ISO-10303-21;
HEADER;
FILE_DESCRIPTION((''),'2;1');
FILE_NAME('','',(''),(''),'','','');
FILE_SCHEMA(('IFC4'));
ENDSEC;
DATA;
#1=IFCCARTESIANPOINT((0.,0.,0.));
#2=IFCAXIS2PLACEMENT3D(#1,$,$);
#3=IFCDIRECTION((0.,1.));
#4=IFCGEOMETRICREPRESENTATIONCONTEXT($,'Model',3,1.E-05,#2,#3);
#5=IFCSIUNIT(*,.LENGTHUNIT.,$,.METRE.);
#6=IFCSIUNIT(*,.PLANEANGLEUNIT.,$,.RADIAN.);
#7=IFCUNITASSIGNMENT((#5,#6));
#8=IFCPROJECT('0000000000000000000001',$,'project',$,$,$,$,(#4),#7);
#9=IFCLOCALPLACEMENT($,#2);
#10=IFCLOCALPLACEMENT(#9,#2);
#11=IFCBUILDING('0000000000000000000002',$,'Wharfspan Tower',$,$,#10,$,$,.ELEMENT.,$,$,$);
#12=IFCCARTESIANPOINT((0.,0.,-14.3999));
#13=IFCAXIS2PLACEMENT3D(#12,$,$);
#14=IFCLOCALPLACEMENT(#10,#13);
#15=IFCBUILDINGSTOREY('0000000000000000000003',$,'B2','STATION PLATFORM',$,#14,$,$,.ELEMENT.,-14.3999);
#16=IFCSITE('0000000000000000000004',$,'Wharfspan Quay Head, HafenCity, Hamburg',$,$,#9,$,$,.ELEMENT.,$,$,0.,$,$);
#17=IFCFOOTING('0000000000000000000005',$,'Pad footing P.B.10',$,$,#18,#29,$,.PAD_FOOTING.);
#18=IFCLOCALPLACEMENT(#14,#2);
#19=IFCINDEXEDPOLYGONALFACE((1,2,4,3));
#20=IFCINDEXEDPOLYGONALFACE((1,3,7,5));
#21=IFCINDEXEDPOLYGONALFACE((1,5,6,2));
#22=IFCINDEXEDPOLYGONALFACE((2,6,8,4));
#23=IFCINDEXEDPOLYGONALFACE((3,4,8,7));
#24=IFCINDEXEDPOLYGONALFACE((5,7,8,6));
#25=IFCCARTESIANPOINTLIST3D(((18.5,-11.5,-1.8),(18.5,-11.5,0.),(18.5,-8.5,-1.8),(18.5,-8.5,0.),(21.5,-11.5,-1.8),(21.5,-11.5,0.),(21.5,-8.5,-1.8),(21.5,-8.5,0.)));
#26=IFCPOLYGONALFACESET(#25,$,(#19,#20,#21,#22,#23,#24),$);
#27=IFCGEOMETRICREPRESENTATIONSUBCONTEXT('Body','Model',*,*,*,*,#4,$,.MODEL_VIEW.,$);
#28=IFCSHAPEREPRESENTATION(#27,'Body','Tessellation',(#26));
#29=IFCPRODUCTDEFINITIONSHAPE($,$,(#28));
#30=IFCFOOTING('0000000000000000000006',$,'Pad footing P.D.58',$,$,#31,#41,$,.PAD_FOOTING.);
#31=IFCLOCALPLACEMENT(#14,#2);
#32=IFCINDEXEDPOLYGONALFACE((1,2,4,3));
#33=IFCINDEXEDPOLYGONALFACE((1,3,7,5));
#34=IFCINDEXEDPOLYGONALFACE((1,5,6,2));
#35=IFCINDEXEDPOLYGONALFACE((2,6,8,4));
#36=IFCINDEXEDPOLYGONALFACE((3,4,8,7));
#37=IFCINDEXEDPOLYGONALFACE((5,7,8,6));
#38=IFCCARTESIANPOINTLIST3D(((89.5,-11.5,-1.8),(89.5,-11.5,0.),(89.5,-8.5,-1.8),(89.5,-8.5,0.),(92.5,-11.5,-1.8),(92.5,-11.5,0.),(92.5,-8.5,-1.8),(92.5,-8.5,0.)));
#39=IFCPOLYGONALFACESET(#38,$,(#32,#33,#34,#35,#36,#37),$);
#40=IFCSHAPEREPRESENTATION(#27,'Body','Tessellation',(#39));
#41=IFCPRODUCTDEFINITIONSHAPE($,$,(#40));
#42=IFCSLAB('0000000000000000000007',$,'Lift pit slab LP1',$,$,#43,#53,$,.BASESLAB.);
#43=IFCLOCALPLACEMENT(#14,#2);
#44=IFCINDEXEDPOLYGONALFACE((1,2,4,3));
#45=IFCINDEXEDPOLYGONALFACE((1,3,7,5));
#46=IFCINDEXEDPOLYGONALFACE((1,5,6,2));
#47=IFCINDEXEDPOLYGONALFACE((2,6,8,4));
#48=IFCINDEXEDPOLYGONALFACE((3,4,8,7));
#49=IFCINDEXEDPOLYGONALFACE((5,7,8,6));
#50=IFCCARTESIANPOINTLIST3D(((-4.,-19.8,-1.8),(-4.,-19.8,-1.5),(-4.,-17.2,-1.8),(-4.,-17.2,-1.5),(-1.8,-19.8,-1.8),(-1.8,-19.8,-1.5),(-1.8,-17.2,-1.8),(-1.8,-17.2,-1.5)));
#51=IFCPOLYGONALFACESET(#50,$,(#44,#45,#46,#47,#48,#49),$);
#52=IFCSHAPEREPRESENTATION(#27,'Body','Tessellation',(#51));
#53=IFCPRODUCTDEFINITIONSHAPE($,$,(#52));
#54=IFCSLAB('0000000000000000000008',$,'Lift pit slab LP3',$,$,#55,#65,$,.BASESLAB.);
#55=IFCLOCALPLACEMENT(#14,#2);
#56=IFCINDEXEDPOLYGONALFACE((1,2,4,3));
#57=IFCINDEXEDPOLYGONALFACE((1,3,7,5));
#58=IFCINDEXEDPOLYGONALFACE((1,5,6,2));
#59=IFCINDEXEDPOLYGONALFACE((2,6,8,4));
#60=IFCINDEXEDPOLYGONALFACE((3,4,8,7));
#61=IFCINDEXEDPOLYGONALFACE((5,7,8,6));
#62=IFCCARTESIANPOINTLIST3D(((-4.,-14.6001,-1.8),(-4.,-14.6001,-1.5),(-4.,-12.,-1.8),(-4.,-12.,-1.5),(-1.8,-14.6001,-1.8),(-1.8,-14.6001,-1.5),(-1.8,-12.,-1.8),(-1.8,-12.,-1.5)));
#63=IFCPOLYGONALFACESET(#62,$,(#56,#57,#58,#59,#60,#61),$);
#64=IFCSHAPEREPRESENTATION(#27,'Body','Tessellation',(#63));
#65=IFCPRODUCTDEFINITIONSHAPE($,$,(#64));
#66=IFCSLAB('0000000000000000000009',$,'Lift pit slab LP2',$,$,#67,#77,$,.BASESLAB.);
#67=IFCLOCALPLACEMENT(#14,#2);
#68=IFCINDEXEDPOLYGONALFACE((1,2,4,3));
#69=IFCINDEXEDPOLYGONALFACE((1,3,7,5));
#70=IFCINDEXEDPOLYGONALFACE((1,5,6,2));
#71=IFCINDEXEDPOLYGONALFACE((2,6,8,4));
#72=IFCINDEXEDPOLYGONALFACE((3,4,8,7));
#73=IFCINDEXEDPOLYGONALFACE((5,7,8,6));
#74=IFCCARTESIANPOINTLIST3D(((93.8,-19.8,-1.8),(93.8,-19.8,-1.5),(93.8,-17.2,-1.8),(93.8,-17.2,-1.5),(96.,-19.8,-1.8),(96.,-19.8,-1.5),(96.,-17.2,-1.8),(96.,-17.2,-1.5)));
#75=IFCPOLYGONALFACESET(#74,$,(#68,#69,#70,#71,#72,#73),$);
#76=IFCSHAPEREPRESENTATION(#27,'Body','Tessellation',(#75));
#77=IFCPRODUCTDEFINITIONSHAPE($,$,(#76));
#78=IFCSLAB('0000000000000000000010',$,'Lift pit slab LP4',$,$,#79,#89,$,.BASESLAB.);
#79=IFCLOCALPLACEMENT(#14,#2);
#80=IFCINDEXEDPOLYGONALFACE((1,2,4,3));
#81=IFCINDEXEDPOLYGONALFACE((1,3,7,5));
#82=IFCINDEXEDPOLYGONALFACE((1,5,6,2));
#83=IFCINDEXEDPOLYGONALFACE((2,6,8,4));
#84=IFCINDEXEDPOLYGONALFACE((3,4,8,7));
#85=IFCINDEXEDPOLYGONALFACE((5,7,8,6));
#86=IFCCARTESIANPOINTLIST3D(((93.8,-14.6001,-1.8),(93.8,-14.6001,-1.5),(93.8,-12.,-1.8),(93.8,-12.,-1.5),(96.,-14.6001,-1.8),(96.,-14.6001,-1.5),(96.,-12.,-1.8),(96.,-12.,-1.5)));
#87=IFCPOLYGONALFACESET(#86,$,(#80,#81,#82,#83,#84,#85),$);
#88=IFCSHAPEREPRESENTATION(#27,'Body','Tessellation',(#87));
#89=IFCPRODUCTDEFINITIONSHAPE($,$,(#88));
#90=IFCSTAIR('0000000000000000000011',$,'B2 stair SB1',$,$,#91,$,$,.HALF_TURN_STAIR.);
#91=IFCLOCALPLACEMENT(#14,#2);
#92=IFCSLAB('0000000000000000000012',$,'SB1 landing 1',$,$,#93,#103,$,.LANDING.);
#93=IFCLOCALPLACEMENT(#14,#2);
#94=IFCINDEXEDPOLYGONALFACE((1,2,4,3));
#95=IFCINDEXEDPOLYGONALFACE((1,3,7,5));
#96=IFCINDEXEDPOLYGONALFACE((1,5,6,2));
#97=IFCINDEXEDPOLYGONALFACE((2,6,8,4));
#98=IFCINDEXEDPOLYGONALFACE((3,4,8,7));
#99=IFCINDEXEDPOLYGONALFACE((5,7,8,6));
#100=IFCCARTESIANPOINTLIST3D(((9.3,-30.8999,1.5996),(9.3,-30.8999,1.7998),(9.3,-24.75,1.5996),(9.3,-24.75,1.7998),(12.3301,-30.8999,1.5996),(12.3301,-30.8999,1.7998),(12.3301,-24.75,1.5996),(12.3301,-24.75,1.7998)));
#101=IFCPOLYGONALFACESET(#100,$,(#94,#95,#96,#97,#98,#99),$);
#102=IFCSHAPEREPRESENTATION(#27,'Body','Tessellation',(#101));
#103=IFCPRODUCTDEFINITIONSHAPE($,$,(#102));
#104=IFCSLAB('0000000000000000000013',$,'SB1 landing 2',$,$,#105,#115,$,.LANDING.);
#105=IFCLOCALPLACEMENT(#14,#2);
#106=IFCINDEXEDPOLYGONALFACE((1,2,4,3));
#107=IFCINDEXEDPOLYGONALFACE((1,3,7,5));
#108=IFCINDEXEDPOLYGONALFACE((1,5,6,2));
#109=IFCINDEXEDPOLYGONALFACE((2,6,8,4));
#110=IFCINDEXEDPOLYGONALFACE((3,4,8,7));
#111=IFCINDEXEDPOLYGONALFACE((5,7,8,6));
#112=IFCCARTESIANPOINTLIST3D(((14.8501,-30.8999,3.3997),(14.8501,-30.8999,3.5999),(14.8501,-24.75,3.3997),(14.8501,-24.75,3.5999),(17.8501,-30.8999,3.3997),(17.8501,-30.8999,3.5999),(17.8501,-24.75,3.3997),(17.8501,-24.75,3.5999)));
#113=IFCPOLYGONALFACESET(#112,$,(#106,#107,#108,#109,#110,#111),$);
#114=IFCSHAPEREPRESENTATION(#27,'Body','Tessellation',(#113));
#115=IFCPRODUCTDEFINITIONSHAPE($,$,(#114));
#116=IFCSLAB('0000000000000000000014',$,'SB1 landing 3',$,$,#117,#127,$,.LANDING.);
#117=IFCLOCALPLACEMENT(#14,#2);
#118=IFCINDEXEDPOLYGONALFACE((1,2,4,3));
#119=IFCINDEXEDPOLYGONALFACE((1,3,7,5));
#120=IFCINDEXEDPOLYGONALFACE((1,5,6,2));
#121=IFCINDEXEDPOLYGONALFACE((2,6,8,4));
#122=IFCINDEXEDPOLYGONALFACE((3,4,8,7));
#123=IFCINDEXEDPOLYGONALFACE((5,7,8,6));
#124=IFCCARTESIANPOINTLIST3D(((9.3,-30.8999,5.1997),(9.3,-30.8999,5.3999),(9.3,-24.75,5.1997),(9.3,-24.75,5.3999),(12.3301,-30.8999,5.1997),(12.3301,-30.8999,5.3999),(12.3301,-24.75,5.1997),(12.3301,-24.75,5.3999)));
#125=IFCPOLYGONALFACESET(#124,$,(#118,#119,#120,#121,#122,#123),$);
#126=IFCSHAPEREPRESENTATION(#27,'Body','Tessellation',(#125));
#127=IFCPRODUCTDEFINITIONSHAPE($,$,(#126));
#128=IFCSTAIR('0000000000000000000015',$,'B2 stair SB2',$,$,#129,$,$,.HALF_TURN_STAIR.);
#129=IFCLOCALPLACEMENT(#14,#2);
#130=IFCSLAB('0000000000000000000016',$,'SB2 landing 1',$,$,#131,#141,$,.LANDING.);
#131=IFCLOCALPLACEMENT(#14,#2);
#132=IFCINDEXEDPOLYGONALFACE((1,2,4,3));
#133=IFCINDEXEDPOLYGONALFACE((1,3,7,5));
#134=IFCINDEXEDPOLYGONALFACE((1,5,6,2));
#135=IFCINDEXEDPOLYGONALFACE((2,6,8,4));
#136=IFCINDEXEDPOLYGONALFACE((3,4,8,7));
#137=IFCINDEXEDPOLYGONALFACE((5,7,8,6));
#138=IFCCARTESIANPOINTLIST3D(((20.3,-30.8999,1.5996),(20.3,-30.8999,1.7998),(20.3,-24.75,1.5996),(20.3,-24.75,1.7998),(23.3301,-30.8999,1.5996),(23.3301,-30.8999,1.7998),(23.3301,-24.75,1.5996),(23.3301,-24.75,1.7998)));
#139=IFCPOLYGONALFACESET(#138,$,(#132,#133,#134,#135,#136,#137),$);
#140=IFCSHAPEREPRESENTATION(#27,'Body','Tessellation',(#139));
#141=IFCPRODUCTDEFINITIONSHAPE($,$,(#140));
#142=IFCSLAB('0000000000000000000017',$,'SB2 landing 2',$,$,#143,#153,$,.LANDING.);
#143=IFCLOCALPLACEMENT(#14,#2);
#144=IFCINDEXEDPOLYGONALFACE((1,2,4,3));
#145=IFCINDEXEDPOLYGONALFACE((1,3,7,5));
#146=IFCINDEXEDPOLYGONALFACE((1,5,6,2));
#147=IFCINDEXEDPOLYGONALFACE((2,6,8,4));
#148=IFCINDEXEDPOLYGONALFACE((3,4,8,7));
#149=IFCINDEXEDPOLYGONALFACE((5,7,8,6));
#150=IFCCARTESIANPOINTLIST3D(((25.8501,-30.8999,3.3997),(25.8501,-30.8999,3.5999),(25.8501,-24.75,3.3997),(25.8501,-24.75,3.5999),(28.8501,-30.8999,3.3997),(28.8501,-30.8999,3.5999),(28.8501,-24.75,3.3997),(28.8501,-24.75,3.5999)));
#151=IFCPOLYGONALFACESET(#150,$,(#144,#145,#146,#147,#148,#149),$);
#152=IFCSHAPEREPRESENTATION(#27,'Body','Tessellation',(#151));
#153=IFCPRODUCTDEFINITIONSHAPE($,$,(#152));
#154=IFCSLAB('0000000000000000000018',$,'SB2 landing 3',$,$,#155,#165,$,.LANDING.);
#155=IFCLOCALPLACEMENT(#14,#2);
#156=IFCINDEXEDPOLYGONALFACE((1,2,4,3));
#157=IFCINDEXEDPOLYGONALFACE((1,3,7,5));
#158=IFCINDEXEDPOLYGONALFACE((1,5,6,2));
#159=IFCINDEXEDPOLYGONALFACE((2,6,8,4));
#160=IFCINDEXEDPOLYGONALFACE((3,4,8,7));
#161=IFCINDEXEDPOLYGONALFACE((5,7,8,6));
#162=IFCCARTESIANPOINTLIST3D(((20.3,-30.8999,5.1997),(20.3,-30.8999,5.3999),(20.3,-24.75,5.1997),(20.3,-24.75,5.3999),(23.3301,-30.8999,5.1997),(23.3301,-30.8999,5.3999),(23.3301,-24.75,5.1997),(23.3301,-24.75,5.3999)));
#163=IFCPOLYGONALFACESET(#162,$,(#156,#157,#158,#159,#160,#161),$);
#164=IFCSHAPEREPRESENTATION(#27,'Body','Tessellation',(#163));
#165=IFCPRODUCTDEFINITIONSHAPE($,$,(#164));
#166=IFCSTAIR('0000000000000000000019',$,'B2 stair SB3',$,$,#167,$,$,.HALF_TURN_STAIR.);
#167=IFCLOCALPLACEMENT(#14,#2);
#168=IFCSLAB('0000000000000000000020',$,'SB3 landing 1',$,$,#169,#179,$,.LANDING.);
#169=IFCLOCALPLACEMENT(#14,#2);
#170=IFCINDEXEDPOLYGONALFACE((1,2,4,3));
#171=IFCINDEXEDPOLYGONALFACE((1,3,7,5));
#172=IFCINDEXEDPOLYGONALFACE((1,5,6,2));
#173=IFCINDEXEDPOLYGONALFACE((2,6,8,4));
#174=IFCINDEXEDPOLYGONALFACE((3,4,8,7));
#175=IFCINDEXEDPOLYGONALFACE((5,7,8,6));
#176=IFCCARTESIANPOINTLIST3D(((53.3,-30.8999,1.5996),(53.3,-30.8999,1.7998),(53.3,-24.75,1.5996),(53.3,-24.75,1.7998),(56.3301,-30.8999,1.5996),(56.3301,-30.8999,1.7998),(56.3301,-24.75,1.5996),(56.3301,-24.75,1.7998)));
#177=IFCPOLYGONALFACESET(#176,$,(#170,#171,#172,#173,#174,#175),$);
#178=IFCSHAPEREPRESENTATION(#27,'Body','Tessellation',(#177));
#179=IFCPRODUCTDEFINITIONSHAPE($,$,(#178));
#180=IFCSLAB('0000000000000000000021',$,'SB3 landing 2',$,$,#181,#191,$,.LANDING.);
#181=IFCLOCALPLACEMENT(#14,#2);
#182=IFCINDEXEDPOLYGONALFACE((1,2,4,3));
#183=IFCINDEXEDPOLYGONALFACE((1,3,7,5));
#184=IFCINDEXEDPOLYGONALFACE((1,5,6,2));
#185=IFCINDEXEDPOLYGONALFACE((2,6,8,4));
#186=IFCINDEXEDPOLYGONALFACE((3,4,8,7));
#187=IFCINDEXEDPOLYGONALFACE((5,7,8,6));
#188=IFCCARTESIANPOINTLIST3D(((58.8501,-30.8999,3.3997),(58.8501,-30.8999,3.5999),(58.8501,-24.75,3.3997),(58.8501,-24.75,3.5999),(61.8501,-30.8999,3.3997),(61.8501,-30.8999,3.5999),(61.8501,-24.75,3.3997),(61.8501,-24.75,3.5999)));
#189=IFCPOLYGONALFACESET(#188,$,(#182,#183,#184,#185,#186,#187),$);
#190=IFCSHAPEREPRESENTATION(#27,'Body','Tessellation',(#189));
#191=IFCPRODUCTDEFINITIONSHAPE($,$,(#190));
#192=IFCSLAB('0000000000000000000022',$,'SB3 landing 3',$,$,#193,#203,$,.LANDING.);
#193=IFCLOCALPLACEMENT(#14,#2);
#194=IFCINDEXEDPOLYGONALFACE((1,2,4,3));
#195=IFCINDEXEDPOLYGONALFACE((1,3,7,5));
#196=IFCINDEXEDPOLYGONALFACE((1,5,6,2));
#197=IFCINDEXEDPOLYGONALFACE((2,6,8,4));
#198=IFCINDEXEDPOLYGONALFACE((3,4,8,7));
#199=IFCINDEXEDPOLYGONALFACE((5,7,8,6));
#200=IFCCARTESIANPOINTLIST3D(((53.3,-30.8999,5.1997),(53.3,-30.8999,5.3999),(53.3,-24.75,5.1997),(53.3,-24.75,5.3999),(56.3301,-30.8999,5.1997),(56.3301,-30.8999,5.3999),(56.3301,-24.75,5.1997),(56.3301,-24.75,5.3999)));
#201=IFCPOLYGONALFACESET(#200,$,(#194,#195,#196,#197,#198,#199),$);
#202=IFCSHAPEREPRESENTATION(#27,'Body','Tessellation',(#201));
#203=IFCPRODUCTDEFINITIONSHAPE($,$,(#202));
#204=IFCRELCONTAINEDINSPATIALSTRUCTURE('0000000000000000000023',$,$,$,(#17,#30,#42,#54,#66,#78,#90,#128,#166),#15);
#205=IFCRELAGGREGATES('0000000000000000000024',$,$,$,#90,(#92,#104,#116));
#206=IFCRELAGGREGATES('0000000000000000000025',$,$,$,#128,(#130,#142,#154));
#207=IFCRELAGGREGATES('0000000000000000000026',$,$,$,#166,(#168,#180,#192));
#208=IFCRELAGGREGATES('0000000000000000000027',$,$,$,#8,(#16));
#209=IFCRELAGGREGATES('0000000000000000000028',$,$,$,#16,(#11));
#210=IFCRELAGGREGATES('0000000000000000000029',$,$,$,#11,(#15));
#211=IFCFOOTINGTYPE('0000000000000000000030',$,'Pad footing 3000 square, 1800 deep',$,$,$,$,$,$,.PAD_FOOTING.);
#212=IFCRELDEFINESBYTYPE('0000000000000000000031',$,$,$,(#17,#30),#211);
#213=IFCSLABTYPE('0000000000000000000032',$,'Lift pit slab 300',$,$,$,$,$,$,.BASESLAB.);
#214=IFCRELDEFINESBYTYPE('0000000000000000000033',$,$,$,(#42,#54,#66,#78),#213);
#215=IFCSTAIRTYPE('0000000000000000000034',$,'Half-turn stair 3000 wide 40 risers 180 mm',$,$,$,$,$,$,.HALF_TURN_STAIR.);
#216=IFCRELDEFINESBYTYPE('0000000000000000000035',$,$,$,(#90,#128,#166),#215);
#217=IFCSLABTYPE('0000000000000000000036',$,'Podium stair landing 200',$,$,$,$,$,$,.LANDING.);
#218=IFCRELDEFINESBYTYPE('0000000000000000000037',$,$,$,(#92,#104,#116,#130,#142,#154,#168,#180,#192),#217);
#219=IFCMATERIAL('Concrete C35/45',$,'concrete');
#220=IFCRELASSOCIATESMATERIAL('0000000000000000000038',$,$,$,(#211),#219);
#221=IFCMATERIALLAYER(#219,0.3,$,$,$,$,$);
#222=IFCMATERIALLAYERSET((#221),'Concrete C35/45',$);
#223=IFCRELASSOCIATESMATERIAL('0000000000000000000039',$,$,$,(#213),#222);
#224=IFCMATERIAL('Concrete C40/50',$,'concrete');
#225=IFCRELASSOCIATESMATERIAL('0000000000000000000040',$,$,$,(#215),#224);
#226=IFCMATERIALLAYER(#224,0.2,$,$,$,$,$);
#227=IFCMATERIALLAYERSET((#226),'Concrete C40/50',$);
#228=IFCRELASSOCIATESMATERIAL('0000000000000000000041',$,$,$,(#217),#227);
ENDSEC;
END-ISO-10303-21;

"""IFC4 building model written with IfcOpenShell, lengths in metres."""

from ifc_helpers import new_model, si_unit, direction, frame, origin, place, context, subcontext, project, spatial, polyline, outline, extrude, material, layer, layer_set, type_object, element, aggregate, save


model = new_model("IFC4")

# Units and contexts
model_context = context("Model", 3, precision=1e-05, world=origin(), true_north=direction((0.0, 1.0)))
body_context = subcontext(model_context, "Body", "Model", "MODEL_VIEW")
ifc_project = project(units=[si_unit("LENGTHUNIT", "METRE"), si_unit("PLANEANGLEUNIT", "RADIAN")], contexts=[model_context])

# Site, building, storey
site_placement = place(None, origin())
site = spatial("IfcSite", under=ifc_project, at=site_placement, Name="Wharfspan Quay Head, HafenCity, Hamburg", CompositionType="ELEMENT", RefElevation=0.0)
building_placement = place(site_placement, origin())
building = spatial("IfcBuilding", under=site, at=building_placement, Name="Wharfspan Tower", CompositionType="ELEMENT")
storey_placement = place(building_placement, frame((0.0, 0.0, -14.3999)))
storey = spatial("IfcBuildingStorey", under=building, at=storey_placement, Name="B2", Description="STATION PLATFORM", CompositionType="ELEMENT", Elevation=-14.3999)

# Footings
ifc_material_1 = material(Name="Concrete C35/45", Category="concrete")
footing_type = type_object("IfcFootingType", Name="Pad footing 3000 square, 1800 deep", PredefinedType="PAD_FOOTING", material=ifc_material_1)
footing_1_placement = place(storey_placement, frame((0.0, 0.0, -1.8)))
element("IfcFooting", 1, at=footing_1_placement, inside=storey, type_object=footing_type, Name="Pad footing P.B.10", PredefinedType="PAD_FOOTING", context=body_context, shape_type="SweptSolid", body=[
    extrude(outline(polyline([(18.5, -11.5), (21.5, -11.5), (21.5, -8.5), (18.5, -8.5), (18.5, -11.5)])), origin(), (0.0, 0.0, 1.0), 1.8),
])
footing_2_placement = place(storey_placement, frame((0.0, 0.0, -1.8)))
element("IfcFooting", 2, at=footing_2_placement, inside=storey, type_object=footing_type, Name="Pad footing P.D.58", PredefinedType="PAD_FOOTING", context=body_context, shape_type="SweptSolid", body=[
    extrude(outline(polyline([(89.5, -11.5), (92.5, -11.5), (92.5, -8.5), (89.5, -8.5), (89.5, -11.5)])), origin(), (0.0, 0.0, 1.0), 1.8),
])

# Slabs
ifc_layer_1 = layer(ifc_material_1, 0.3)
ifc_layer_set_1 = layer_set([ifc_layer_1], Name="Concrete C35/45")
slab_type_1 = type_object("IfcSlabType", Name="Lift pit slab 300", PredefinedType="BASESLAB", material=ifc_layer_set_1)
slab_1_placement = place(storey_placement, frame((0.0, 0.0, -1.8)))
element("IfcSlab", 3, at=slab_1_placement, inside=storey, type_object=slab_type_1, Name="Lift pit slab LP1", PredefinedType="BASESLAB", context=body_context, shape_type="SweptSolid", body=[
    extrude(outline(polyline([(-1.8, -19.8), (-1.8, -17.2), (-4.0, -17.2), (-4.0, -19.8), (-1.8, -19.8)])), origin(), (0.0, 0.0, 1.0), 0.3),
])
slab_2_placement = place(storey_placement, frame((0.0, 0.0, -1.8)))
element("IfcSlab", 4, at=slab_2_placement, inside=storey, type_object=slab_type_1, Name="Lift pit slab LP3", PredefinedType="BASESLAB", context=body_context, shape_type="SweptSolid", body=[
    extrude(outline(polyline([(-1.8, -14.6001), (-1.8, -12.0), (-4.0, -12.0), (-4.0, -14.6001), (-1.8, -14.6001)])), origin(), (0.0, 0.0, 1.0), 0.3),
])
slab_3_placement = place(storey_placement, frame((0.0, 0.0, -1.8)))
element("IfcSlab", 5, at=slab_3_placement, inside=storey, type_object=slab_type_1, Name="Lift pit slab LP2", PredefinedType="BASESLAB", context=body_context, shape_type="SweptSolid", body=[
    extrude(outline(polyline([(96.0, -19.8), (96.0, -17.2), (93.8, -17.2), (93.8, -19.8), (96.0, -19.8)])), origin(), (0.0, 0.0, 1.0), 0.3),
])
slab_4_placement = place(storey_placement, frame((0.0, 0.0, -1.8)))
element("IfcSlab", 6, at=slab_4_placement, inside=storey, type_object=slab_type_1, Name="Lift pit slab LP4", PredefinedType="BASESLAB", context=body_context, shape_type="SweptSolid", body=[
    extrude(outline(polyline([(96.0, -14.6001), (96.0, -12.0), (93.8, -12.0), (93.8, -14.6001), (96.0, -14.6001)])), origin(), (0.0, 0.0, 1.0), 0.3),
])

# Stairs, slabs
ifc_material_2 = material(Name="Concrete C40/50", Category="concrete")
stair_type = type_object("IfcStairType", Name="Half-turn stair 3000 wide 40 risers 180 mm", PredefinedType="HALF_TURN_STAIR", material=ifc_material_2)
stair_1_placement = place(storey_placement, origin())
stair_1 = element("IfcStair", 7, at=stair_1_placement, inside=storey, type_object=stair_type, Name="B2 stair SB1", PredefinedType="HALF_TURN_STAIR")
ifc_layer_2 = layer(ifc_material_2, 0.2)
ifc_layer_set_2 = layer_set([ifc_layer_2], Name="Concrete C40/50")
slab_type_2 = type_object("IfcSlabType", Name="Podium stair landing 200", PredefinedType="LANDING", material=ifc_layer_set_2)
slab_5_placement = place(storey_placement, frame((0.0, 0.0, 1.5996)))
slab_5 = element("IfcSlab", 8, at=slab_5_placement, type_object=slab_type_2, Name="SB1 landing 1", PredefinedType="LANDING", context=body_context, shape_type="SweptSolid", body=[
    extrude(outline(polyline([(12.3301, -24.75), (9.3, -24.75), (9.3, -30.8999), (12.3301, -30.8999), (12.3301, -24.75)])), origin(), (0.0, 0.0, 1.0), 0.2002),
])
slab_6_placement = place(storey_placement, frame((0.0, 0.0, 3.3997)))
slab_6 = element("IfcSlab", 9, at=slab_6_placement, type_object=slab_type_2, Name="SB1 landing 2", PredefinedType="LANDING", context=body_context, shape_type="SweptSolid", body=[
    extrude(outline(polyline([(17.8501, -24.75), (14.8501, -24.75), (14.8501, -30.8999), (17.8501, -30.8999), (17.8501, -24.75)])), origin(), (0.0, 0.0, 1.0), 0.2002),
])
slab_7_placement = place(storey_placement, frame((0.0, 0.0, 5.1997)))
slab_7 = element("IfcSlab", 10, at=slab_7_placement, type_object=slab_type_2, Name="SB1 landing 3", PredefinedType="LANDING", context=body_context, shape_type="SweptSolid", body=[
    extrude(outline(polyline([(12.3301, -24.75), (9.3, -24.75), (9.3, -30.8999), (12.3301, -30.8999), (12.3301, -24.75)])), origin(), (0.0, 0.0, 1.0), 0.2002),
])
aggregate(stair_1, [slab_5, slab_6, slab_7])
stair_2_placement = place(storey_placement, origin())
stair_2 = element("IfcStair", 11, at=stair_2_placement, inside=storey, type_object=stair_type, Name="B2 stair SB2", PredefinedType="HALF_TURN_STAIR")
slab_8_placement = place(storey_placement, frame((0.0, 0.0, 1.5996)))
slab_8 = element("IfcSlab", 12, at=slab_8_placement, type_object=slab_type_2, Name="SB2 landing 1", PredefinedType="LANDING", context=body_context, shape_type="SweptSolid", body=[
    extrude(outline(polyline([(23.3301, -24.75), (20.3, -24.75), (20.3, -30.8999), (23.3301, -30.8999), (23.3301, -24.75)])), origin(), (0.0, 0.0, 1.0), 0.2002),
])
slab_9_placement = place(storey_placement, frame((0.0, 0.0, 3.3997)))
slab_9 = element("IfcSlab", 13, at=slab_9_placement, type_object=slab_type_2, Name="SB2 landing 2", PredefinedType="LANDING", context=body_context, shape_type="SweptSolid", body=[
    extrude(outline(polyline([(28.8501, -24.75), (25.8501, -24.75), (25.8501, -30.8999), (28.8501, -30.8999), (28.8501, -24.75)])), origin(), (0.0, 0.0, 1.0), 0.2002),
])
slab_10_placement = place(storey_placement, frame((0.0, 0.0, 5.1997)))
slab_10 = element("IfcSlab", 14, at=slab_10_placement, type_object=slab_type_2, Name="SB2 landing 3", PredefinedType="LANDING", context=body_context, shape_type="SweptSolid", body=[
    extrude(outline(polyline([(23.3301, -24.75), (20.3, -24.75), (20.3, -30.8999), (23.3301, -30.8999), (23.3301, -24.75)])), origin(), (0.0, 0.0, 1.0), 0.2002),
])
aggregate(stair_2, [slab_8, slab_9, slab_10])
stair_3_placement = place(storey_placement, origin())
stair_3 = element("IfcStair", 15, at=stair_3_placement, inside=storey, type_object=stair_type, Name="B2 stair SB3", PredefinedType="HALF_TURN_STAIR")
slab_11_placement = place(storey_placement, frame((0.0, 0.0, 1.5996)))
slab_11 = element("IfcSlab", 16, at=slab_11_placement, type_object=slab_type_2, Name="SB3 landing 1", PredefinedType="LANDING", context=body_context, shape_type="SweptSolid", body=[
    extrude(outline(polyline([(56.3301, -24.75), (53.3, -24.75), (53.3, -30.8999), (56.3301, -30.8999), (56.3301, -24.75)])), origin(), (0.0, 0.0, 1.0), 0.2002),
])
slab_12_placement = place(storey_placement, frame((0.0, 0.0, 3.3997)))
slab_12 = element("IfcSlab", 17, at=slab_12_placement, type_object=slab_type_2, Name="SB3 landing 2", PredefinedType="LANDING", context=body_context, shape_type="SweptSolid", body=[
    extrude(outline(polyline([(61.8501, -24.75), (58.8501, -24.75), (58.8501, -30.8999), (61.8501, -30.8999), (61.8501, -24.75)])), origin(), (0.0, 0.0, 1.0), 0.2002),
])
slab_13_placement = place(storey_placement, frame((0.0, 0.0, 5.1997)))
slab_13 = element("IfcSlab", 18, at=slab_13_placement, type_object=slab_type_2, Name="SB3 landing 3", PredefinedType="LANDING", context=body_context, shape_type="SweptSolid", body=[
    extrude(outline(polyline([(56.3301, -24.75), (53.3, -24.75), (53.3, -30.8999), (56.3301, -30.8999), (56.3301, -24.75)])), origin(), (0.0, 0.0, 1.0), 0.2002),
])
aggregate(stair_3, [slab_11, slab_12, slab_13])

save(model, "model.ifc")
